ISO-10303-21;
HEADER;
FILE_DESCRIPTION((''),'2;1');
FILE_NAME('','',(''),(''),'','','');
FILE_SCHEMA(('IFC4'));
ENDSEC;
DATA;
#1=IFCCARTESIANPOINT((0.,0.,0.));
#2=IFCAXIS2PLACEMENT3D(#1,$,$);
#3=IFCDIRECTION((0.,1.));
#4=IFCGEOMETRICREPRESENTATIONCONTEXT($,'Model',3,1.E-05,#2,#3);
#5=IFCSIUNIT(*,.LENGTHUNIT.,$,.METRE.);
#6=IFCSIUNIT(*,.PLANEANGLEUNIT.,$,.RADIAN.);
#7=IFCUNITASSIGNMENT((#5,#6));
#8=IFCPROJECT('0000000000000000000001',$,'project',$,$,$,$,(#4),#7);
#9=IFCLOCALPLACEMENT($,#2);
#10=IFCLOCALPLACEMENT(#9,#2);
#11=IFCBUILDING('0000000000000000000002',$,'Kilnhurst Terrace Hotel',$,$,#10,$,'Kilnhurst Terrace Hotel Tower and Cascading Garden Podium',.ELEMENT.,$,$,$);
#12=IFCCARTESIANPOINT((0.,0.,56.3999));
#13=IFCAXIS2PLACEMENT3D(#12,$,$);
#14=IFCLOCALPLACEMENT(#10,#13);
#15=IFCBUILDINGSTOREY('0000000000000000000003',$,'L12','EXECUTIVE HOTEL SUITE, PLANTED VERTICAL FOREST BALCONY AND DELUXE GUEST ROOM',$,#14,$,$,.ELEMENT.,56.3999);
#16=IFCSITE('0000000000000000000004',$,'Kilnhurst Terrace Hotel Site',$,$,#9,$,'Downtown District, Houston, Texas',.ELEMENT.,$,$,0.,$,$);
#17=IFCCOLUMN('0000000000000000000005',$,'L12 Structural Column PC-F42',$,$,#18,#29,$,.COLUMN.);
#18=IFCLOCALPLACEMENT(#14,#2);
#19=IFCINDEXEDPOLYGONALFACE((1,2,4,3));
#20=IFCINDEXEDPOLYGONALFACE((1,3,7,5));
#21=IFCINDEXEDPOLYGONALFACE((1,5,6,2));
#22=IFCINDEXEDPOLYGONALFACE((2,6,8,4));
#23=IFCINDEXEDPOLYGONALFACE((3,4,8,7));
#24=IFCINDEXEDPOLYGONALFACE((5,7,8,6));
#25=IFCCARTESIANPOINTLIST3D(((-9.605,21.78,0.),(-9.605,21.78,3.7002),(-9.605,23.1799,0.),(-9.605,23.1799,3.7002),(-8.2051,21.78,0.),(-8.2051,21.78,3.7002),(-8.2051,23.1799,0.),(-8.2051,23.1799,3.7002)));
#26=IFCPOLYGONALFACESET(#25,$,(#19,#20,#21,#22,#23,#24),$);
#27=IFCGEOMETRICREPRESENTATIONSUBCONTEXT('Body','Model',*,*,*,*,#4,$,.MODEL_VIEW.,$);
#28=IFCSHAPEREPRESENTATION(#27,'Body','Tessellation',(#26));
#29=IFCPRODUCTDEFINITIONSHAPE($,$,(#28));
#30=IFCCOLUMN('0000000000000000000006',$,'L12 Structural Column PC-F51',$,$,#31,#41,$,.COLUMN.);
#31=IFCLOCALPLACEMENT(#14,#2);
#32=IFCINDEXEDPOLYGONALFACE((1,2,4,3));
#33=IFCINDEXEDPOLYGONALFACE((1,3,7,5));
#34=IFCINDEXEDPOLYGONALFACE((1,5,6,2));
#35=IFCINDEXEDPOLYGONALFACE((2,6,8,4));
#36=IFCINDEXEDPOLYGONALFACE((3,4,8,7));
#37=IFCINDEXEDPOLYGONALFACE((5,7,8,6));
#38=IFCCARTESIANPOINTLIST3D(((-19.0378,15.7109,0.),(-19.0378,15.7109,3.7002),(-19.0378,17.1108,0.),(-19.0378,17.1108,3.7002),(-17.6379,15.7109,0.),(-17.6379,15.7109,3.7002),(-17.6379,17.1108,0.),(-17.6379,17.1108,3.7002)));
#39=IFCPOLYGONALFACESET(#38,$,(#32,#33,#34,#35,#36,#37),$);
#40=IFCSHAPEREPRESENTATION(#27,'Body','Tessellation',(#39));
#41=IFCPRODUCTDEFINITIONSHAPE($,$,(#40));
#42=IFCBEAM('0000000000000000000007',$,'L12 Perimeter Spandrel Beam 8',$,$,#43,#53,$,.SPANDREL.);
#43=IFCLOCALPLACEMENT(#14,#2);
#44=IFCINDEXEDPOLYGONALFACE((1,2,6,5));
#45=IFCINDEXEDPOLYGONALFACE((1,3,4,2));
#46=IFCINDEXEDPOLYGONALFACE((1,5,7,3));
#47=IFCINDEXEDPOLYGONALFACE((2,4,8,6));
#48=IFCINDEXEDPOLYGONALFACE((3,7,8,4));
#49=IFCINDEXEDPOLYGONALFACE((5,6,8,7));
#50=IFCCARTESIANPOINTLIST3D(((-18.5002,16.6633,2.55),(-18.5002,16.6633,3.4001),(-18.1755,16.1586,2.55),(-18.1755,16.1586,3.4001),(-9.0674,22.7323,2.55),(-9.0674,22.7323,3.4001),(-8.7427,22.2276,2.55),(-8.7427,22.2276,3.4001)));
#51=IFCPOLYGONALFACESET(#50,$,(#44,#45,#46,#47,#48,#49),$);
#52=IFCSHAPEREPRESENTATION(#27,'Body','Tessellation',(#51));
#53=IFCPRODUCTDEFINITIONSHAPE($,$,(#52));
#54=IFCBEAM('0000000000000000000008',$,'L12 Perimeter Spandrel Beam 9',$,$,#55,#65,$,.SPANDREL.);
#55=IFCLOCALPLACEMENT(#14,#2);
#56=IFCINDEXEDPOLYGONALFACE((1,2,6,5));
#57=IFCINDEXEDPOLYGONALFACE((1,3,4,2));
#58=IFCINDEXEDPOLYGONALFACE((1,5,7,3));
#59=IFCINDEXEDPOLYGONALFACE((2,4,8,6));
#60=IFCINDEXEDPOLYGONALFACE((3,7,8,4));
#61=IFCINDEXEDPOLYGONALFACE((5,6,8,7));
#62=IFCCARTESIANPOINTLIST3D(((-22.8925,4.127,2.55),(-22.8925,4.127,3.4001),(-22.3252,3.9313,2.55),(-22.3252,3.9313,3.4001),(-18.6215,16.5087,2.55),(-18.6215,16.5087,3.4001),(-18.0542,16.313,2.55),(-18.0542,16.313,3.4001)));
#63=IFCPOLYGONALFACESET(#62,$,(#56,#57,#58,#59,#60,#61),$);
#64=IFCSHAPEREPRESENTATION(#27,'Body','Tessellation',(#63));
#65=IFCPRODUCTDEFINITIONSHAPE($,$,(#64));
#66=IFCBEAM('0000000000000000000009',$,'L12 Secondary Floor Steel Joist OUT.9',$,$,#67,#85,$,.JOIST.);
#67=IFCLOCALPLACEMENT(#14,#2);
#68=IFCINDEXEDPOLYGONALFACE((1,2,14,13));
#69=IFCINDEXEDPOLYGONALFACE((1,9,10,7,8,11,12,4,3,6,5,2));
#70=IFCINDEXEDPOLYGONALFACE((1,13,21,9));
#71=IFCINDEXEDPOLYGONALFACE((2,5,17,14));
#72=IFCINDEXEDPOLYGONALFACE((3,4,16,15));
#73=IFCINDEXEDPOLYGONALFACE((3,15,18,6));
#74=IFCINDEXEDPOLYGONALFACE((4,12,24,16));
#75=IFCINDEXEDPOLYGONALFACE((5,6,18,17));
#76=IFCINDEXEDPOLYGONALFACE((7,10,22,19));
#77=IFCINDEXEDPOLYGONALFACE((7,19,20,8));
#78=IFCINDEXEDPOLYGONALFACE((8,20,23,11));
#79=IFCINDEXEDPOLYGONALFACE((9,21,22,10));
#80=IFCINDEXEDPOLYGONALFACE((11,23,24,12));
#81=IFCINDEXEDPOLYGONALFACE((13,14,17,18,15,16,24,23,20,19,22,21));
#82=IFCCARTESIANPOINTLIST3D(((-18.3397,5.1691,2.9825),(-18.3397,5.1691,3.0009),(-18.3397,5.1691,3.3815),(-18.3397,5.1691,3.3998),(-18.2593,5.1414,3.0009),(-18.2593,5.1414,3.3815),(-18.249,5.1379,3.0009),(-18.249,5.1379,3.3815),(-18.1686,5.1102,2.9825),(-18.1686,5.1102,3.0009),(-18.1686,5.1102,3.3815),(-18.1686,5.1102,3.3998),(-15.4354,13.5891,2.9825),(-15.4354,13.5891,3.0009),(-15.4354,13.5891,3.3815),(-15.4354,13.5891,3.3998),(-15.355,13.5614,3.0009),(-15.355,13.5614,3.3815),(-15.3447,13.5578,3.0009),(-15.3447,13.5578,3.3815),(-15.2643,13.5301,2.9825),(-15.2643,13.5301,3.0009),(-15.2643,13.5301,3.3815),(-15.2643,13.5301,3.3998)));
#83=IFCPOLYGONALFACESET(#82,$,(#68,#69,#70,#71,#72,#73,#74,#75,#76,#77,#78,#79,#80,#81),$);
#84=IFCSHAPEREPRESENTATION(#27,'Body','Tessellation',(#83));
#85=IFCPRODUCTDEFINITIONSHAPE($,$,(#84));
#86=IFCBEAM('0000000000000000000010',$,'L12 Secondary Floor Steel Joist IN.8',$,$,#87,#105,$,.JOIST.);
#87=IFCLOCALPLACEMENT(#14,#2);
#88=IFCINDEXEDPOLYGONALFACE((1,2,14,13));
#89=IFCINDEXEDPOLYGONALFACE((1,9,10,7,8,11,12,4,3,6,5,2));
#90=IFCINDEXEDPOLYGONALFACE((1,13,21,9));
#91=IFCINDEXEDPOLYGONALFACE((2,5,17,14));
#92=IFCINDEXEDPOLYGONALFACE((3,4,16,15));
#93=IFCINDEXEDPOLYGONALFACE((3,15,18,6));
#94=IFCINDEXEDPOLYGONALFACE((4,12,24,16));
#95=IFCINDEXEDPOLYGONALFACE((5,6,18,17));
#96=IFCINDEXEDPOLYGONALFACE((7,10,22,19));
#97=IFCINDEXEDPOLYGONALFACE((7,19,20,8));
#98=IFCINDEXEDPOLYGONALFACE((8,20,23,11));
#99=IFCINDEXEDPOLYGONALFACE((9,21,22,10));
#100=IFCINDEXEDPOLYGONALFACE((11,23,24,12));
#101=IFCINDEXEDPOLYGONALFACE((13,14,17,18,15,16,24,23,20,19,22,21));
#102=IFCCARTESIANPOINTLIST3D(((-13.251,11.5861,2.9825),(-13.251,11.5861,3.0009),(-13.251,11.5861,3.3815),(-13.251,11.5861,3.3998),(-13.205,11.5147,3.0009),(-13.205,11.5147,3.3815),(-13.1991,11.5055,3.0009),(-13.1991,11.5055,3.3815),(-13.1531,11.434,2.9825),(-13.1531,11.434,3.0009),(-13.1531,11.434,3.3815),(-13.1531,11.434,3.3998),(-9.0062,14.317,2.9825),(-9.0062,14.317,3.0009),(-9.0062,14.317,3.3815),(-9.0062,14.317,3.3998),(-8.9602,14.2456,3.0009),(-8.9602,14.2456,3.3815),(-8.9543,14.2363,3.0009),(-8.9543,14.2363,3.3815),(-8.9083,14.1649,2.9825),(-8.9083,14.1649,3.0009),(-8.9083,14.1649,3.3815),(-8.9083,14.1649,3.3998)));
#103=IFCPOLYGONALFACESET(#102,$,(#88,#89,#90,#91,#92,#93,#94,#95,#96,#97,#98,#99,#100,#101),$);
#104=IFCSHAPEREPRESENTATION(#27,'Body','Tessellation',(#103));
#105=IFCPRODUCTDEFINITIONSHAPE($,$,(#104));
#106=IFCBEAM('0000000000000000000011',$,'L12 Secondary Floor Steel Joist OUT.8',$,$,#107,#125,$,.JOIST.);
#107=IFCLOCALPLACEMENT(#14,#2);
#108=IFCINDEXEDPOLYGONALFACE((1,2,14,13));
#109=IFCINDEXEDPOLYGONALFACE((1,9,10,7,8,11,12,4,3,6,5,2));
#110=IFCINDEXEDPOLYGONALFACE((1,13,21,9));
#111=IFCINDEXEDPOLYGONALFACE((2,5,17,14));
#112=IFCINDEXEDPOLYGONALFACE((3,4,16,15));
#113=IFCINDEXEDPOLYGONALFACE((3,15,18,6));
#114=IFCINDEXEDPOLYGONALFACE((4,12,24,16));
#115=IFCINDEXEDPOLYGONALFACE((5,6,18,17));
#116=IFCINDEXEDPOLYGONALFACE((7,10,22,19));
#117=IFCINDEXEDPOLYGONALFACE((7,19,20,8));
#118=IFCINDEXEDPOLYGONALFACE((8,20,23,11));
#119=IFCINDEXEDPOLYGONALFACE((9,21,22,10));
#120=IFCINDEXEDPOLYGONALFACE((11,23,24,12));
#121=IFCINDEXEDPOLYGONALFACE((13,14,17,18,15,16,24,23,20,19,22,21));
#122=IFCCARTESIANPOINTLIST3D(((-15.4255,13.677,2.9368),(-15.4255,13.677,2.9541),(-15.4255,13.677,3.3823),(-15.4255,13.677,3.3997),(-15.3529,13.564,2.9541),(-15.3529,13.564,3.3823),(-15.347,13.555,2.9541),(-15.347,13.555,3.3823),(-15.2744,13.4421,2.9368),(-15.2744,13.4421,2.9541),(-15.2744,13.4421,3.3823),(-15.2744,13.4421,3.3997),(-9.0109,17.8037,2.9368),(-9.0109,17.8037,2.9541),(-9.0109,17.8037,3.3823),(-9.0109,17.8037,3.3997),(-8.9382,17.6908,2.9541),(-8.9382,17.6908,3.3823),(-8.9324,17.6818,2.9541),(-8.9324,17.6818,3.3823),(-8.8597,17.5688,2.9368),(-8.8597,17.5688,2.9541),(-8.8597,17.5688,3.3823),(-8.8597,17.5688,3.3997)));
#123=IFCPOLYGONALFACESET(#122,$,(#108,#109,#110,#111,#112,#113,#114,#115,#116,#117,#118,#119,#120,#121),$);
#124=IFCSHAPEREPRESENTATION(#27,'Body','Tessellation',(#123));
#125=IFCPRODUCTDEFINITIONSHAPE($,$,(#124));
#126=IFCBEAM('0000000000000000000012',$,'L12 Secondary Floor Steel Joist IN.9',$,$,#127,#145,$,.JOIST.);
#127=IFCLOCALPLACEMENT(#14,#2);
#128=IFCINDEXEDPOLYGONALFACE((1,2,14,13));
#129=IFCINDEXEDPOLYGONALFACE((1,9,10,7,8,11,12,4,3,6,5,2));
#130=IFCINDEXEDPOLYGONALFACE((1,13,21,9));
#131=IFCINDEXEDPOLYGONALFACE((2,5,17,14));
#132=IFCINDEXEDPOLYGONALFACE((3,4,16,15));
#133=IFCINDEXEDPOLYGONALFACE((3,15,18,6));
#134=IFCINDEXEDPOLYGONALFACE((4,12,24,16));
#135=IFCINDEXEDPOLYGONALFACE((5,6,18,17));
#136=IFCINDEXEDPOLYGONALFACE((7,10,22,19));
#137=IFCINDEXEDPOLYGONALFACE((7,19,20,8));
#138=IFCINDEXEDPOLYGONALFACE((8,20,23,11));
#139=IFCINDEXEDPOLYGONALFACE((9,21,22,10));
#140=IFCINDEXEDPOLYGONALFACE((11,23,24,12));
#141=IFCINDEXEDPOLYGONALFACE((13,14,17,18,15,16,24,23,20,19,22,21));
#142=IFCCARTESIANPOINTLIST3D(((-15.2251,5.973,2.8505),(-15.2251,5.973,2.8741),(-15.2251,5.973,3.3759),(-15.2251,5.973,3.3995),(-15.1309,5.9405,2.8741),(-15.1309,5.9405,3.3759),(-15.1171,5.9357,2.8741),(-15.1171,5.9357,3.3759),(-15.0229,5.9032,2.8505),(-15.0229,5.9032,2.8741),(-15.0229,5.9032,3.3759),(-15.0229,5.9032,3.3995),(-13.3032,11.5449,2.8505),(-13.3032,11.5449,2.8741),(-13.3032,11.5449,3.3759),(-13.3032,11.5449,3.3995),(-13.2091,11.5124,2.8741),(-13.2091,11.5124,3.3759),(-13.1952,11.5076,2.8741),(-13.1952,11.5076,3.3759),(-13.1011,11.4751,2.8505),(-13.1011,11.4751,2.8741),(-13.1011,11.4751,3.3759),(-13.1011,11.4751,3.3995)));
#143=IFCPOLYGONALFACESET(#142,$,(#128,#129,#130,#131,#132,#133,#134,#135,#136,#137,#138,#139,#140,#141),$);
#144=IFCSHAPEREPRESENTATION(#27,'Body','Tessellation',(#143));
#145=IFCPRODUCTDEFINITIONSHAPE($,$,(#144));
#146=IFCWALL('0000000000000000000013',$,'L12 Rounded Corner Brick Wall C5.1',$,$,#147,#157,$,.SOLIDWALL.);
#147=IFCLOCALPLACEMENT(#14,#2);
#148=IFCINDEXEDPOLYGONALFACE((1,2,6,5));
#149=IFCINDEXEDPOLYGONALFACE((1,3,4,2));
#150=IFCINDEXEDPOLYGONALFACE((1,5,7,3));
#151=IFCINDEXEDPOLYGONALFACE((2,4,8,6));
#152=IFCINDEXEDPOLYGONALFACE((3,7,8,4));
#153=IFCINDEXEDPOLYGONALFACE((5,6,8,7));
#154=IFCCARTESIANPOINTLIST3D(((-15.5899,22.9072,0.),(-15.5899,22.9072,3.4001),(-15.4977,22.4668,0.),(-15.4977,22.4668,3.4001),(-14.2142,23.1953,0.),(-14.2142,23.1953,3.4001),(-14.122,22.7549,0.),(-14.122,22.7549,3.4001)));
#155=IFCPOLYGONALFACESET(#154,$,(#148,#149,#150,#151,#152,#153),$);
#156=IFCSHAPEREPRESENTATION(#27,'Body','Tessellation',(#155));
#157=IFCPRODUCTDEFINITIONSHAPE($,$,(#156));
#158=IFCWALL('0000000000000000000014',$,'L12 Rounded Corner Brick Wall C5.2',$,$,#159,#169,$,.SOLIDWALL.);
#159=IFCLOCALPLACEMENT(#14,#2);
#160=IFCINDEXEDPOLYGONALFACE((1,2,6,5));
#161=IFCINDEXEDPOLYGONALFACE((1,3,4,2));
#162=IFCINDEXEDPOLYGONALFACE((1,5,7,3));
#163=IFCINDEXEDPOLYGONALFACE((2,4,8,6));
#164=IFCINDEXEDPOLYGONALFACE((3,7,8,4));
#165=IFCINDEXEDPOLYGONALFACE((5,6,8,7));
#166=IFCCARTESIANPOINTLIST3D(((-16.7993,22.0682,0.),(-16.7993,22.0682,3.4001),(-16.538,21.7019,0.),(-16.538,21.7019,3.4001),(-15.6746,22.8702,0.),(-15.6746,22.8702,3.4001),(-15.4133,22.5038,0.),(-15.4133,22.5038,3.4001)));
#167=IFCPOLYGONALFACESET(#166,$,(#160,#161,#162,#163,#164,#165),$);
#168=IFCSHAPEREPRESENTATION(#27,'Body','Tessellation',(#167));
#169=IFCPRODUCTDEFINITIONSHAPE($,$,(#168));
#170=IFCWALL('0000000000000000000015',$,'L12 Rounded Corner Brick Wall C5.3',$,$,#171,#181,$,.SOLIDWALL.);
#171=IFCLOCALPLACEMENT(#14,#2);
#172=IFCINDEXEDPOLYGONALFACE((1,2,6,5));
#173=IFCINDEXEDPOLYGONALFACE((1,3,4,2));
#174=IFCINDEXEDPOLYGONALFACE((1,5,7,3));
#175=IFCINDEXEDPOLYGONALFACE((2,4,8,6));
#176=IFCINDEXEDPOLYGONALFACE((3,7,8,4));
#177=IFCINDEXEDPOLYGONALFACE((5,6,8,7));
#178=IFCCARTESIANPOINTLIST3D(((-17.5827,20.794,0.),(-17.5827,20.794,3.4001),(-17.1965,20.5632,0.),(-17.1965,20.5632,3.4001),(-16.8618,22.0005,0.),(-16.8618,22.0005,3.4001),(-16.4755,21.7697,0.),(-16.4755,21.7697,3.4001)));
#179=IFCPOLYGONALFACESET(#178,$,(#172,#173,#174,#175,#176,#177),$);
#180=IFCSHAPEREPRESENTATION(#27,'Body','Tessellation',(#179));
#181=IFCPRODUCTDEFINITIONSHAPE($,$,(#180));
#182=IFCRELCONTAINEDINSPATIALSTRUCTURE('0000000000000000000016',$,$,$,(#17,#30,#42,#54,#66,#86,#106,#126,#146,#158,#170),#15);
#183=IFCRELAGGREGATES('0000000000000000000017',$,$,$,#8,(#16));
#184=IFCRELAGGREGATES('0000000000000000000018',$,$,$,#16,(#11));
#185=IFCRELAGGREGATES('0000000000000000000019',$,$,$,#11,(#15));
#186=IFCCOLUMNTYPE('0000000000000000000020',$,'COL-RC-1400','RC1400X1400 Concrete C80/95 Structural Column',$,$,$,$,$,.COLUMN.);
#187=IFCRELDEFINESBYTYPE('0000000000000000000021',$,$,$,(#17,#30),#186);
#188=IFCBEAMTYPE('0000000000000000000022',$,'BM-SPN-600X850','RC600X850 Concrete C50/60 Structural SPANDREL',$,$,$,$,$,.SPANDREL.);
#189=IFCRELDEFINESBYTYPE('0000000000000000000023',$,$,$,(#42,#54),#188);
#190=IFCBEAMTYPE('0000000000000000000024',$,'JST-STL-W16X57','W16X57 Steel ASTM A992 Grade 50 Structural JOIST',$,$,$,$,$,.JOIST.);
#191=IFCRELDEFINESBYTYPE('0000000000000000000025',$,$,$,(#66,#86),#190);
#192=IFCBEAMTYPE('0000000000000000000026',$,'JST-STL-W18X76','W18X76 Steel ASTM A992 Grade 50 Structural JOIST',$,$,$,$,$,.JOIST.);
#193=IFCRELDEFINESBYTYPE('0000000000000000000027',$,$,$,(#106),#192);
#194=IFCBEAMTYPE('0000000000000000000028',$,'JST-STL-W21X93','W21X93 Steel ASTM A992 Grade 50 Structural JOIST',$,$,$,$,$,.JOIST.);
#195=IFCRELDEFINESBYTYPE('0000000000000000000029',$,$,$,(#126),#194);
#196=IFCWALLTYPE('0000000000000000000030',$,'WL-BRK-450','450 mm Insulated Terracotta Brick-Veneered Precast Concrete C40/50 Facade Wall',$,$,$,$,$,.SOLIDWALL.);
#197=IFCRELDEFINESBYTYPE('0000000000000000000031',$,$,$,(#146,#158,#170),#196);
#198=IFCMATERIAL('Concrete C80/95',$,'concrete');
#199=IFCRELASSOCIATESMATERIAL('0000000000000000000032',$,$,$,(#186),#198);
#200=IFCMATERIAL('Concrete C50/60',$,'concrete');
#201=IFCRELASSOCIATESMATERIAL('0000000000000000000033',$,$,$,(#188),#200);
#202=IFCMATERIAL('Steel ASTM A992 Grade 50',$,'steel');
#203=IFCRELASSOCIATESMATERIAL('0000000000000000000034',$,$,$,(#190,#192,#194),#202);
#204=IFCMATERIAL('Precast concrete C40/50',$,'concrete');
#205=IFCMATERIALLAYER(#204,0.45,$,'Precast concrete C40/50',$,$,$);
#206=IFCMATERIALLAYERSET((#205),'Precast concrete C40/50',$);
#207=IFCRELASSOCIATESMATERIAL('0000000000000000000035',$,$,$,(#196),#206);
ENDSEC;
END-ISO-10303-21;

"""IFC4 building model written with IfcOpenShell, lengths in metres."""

from ifc_helpers import new_model, si_unit, direction, frame, frame_2d, origin, origin_2d, place, context, subcontext, project, spatial, rectangle, i_section, extrude, material, layer, layer_set, material_profile, profile_set, type_object, element, save


model = new_model("IFC4")

# Units and contexts
model_context = context("Model", 3, precision=1e-05, world=origin(), true_north=direction((0.0, 1.0)))
body_context = subcontext(model_context, "Body", "Model", "MODEL_VIEW")
ifc_project = project(units=[si_unit("LENGTHUNIT", "METRE"), si_unit("PLANEANGLEUNIT", "RADIAN")], contexts=[model_context])

# Site, building, storey
site_placement = place(None, origin())
site = spatial("IfcSite", under=ifc_project, at=site_placement, Name="Kilnhurst Terrace Hotel Site", LongName="Downtown District, Houston, Texas", CompositionType="ELEMENT", RefElevation=0.0)
building_placement = place(site_placement, origin())
building = spatial("IfcBuilding", under=site, at=building_placement, Name="Kilnhurst Terrace Hotel", LongName="Kilnhurst Terrace Hotel Tower and Cascading Garden Podium", CompositionType="ELEMENT")
storey_placement = place(building_placement, frame((0.0, 0.0, 56.3999)))
storey = spatial("IfcBuildingStorey", under=building, at=storey_placement, Name="L12", Description="EXECUTIVE HOTEL SUITE, PLANTED VERTICAL FOREST BALCONY AND DELUXE GUEST ROOM", CompositionType="ELEMENT", Elevation=56.3999)

# Columns
ifc_material_1 = material(Name="Concrete C80/95", Category="concrete")
ifc_material_profile_1 = material_profile(ifc_material_1, rectangle(XDim=1.3999, YDim=1.3999, at=origin_2d()), Name="RC1400X1400")
ifc_profile_set_1 = profile_set([ifc_material_profile_1], Name="Concrete C80/95")
column_type = type_object("IfcColumnType", Name="COL-RC-1400", Description="RC1400X1400 Concrete C80/95 Structural Column", PredefinedType="COLUMN", material=ifc_profile_set_1)
for number, where, z_axis, x_axis, name in (
    (1, (-8.905, 22.48, 0.0), (0.0, 0.0, 1.0), (1.0, 0.0, 0.0), "L12 Structural Column PC-F42"),
    (2, (-18.3379, 16.4109, 0.0), (0.0, 0.0, 1.0), (1.0, 0.0, 0.0), "L12 Structural Column PC-F51"),
):
    element("IfcColumn", number, at=place(storey_placement, frame(where, z_axis=z_axis, x_axis=x_axis)), inside=storey, type_object=column_type, Name=name, PredefinedType="COLUMN", context=body_context, shape_type="SweptSolid", body=[
        extrude(rectangle(XDim=1.3999, YDim=1.3999, at=origin_2d()), origin(), (0.0, 0.0, 1.0), 3.7002),
    ])

# Beams
ifc_material_2 = material(Name="Concrete C50/60", Category="concrete")
ifc_material_profile_2 = material_profile(ifc_material_2, rectangle(XDim=0.6001, YDim=0.8501, at=origin_2d()), Name="RC600X850")
ifc_profile_set_2 = profile_set([ifc_material_profile_2], Name="Concrete C50/60")
beam_type_1 = type_object("IfcBeamType", Name="BM-SPN-600X850", Description="RC600X850 Concrete C50/60 Structural SPANDREL", PredefinedType="SPANDREL", material=ifc_profile_set_2)
beam_1_placement = place(storey_placement, frame((-8.905, 22.48, 2.9751), z_axis=(-0.840971, -0.54108, 0.0), x_axis=(0.54108, -0.840971, 0.0)))
element("IfcBeam", 3, at=beam_1_placement, inside=storey, type_object=beam_type_1, Name="L12 Perimeter Spandrel Beam 8", PredefinedType="SPANDREL", context=body_context, shape_type="SweptSolid", body=[
    extrude(rectangle(XDim=0.6001, YDim=0.8501, at=origin_2d()), origin(), (0.0, 0.0, 1.0), 11.2166),
])
beam_2_placement = place(storey_placement, frame((-18.3379, 16.4109, 2.9751), z_axis=(-0.326086, -0.94534, 0.0), x_axis=(0.94534, -0.326086, 0.0)))
element("IfcBeam", 4, at=beam_2_placement, inside=storey, type_object=beam_type_1, Name="L12 Perimeter Spandrel Beam 9", PredefinedType="SPANDREL", context=body_context, shape_type="SweptSolid", body=[
    extrude(rectangle(XDim=0.6001, YDim=0.8501, at=origin_2d()), origin(), (0.0, 0.0, 1.0), 13.0977),
])
ifc_material_3 = material(Name="Steel ASTM A992 Grade 50", Category="steel")
ifc_material_profile_3 = material_profile(ifc_material_3, i_section(OverallWidth=0.1809, OverallDepth=0.4172, WebThickness=0.011, FlangeThickness=0.0183, at=origin_2d()), Name="W16X57")
ifc_profile_set_3 = profile_set([ifc_material_profile_3], Name="Steel ASTM A992 Grade 50")
beam_type_2 = type_object("IfcBeamType", Name="JST-STL-W16X57", Description="W16X57 Steel ASTM A992 Grade 50 Structural JOIST", PredefinedType="JOIST", material=ifc_profile_set_3)
beam_3_placement = place(storey_placement, frame((-15.3499, 13.5596, 3.1912), z_axis=(-0.326079, -0.945343, 0.0), x_axis=(0.945343, -0.326079, 0.0)))
element("IfcBeam", 5, at=beam_3_placement, inside=storey, type_object=beam_type_2, Name="L12 Secondary Floor Steel Joist OUT.9", PredefinedType="JOIST", context=body_context, shape_type="SweptSolid", body=[
    extrude(i_section(OverallWidth=0.1809, OverallDepth=0.4172, WebThickness=0.011, FlangeThickness=0.0183, at=origin_2d()), origin(), (0.0, 0.0, 1.0), 8.9067),
])
beam_4_placement = place(storey_placement, frame((-8.9573, 14.241, 3.1912), z_axis=(-0.840988, -0.541053, 0.0), x_axis=(0.541053, -0.840988, 0.0)))
element("IfcBeam", 6, at=beam_4_placement, inside=storey, type_object=beam_type_2, Name="L12 Secondary Floor Steel Joist IN.8", PredefinedType="JOIST", context=body_context, shape_type="SweptSolid", body=[
    extrude(i_section(OverallWidth=0.1809, OverallDepth=0.4172, WebThickness=0.011, FlangeThickness=0.0183, at=origin_2d()), origin(), (0.0, 0.0, 1.0), 5.0474),
])
ifc_material_profile_4 = material_profile(ifc_material_3, i_section(OverallWidth=0.2793, OverallDepth=0.4629, WebThickness=0.0107, FlangeThickness=0.0173, at=origin_2d()), Name="W18X76")
ifc_profile_set_4 = profile_set([ifc_material_profile_4], Name="Steel ASTM A992 Grade 50")
beam_type_3 = type_object("IfcBeamType", Name="JST-STL-W18X76", Description="W18X76 Steel ASTM A992 Grade 50 Structural JOIST", PredefinedType="JOIST", material=ifc_profile_set_4)
beam_5_placement = place(storey_placement, frame((-8.9353, 17.6863, 3.1682), z_axis=(-0.840995, -0.541042, 0.0), x_axis=(0.541042, -0.840995, 0.0)))
element("IfcBeam", 7, at=beam_5_placement, inside=storey, type_object=beam_type_3, Name="L12 Secondary Floor Steel Joist OUT.8", PredefinedType="JOIST", context=body_context, shape_type="SweptSolid", body=[
    extrude(i_section(OverallWidth=0.2793, OverallDepth=0.4629, WebThickness=0.0107, FlangeThickness=0.0173, at=origin_2d()), origin(), (0.0, 0.0, 1.0), 7.6274),
])
ifc_material_profile_5 = material_profile(ifc_material_3, i_section(OverallWidth=0.2139, OverallDepth=0.5491, WebThickness=0.0146, FlangeThickness=0.0237, at=origin_2d()), Name="W21X93")
ifc_profile_set_5 = profile_set([ifc_material_profile_5], Name="Steel ASTM A992 Grade 50")
beam_type_4 = type_object("IfcBeamType", Name="JST-STL-W21X93", Description="W21X93 Steel ASTM A992 Grade 50 Structural JOIST", PredefinedType="JOIST", material=ifc_profile_set_5)
beam_6_placement = place(storey_placement, frame((-13.2021, 11.51, 3.125), z_axis=(-0.326065, -0.945347, 0.0), x_axis=(0.945347, -0.326065, 0.0)))
element("IfcBeam", 8, at=beam_6_placement, inside=storey, type_object=beam_type_4, Name="L12 Secondary Floor Steel Joist IN.9", PredefinedType="JOIST", context=body_context, shape_type="SweptSolid", body=[
    extrude(i_section(OverallWidth=0.2139, OverallDepth=0.5491, WebThickness=0.0146, FlangeThickness=0.0237, at=origin_2d()), origin(), (0.0, 0.0, 1.0), 5.894),
])

# Walls
ifc_material_4 = material(Name="Precast concrete C40/50", Category="concrete")
ifc_layer_1 = layer(ifc_material_4, 0.45, Name="Precast concrete C40/50")
ifc_layer_set_1 = layer_set([ifc_layer_1], Name="Precast concrete C40/50")
wall_type_1 = type_object("IfcWallType", Name="WL-BRK-450", Description="450 mm Insulated Terracotta Brick-Veneered Precast Concrete C40/50 Facade Wall", PredefinedType="SOLIDWALL", material=ifc_layer_set_1)
wall_1_placement = place(storey_placement, frame((-14.1682, 22.9751, 0.0), z_axis=(0.0, 0.0, 1.0), x_axis=(-0.97877, -0.20496, 0.0)))
element("IfcWall", 9, at=wall_1_placement, inside=storey, type_object=wall_type_1, Name="L12 Rounded Corner Brick Wall C5.1", PredefinedType="SOLIDWALL", context=body_context, shape_type="SweptSolid", body=[
    extrude(rectangle(XDim=1.4055, YDim=0.45, at=frame_2d((0.7026, 0.0))), origin(), (0.0, 0.0, 1.0), 3.4001),
])
wall_2_placement = place(storey_placement, frame((-15.5439, 22.687, 0.0), z_axis=(0.0, 0.0, 1.0), x_axis=(-0.814211, -0.580569, 0.0)))
element("IfcWall", 10, at=wall_2_placement, inside=storey, type_object=wall_type_1, Name="L12 Rounded Corner Brick Wall C5.2", PredefinedType="SOLIDWALL", context=body_context, shape_type="SweptSolid", body=[
    extrude(rectangle(XDim=1.3813, YDim=0.45, at=frame_2d((0.6907, 0.0))), origin(), (0.0, 0.0, 1.0), 3.4001),
])
wall_3_placement = place(storey_placement, frame((-16.6687, 21.885, 0.0), z_axis=(0.0, 0.0, 1.0), x_axis=(-0.512937, -0.858426, 0.0)))
element("IfcWall", 11, at=wall_3_placement, inside=storey, type_object=wall_type_1, Name="L12 Rounded Corner Brick Wall C5.3", PredefinedType="SOLIDWALL", context=body_context, shape_type="SweptSolid", body=[
    extrude(rectangle(XDim=1.4055, YDim=0.45, at=frame_2d((0.7026, 0.0))), origin(), (0.0, 0.0, 1.0), 3.4001),
])

save(model, "model.ifc")
